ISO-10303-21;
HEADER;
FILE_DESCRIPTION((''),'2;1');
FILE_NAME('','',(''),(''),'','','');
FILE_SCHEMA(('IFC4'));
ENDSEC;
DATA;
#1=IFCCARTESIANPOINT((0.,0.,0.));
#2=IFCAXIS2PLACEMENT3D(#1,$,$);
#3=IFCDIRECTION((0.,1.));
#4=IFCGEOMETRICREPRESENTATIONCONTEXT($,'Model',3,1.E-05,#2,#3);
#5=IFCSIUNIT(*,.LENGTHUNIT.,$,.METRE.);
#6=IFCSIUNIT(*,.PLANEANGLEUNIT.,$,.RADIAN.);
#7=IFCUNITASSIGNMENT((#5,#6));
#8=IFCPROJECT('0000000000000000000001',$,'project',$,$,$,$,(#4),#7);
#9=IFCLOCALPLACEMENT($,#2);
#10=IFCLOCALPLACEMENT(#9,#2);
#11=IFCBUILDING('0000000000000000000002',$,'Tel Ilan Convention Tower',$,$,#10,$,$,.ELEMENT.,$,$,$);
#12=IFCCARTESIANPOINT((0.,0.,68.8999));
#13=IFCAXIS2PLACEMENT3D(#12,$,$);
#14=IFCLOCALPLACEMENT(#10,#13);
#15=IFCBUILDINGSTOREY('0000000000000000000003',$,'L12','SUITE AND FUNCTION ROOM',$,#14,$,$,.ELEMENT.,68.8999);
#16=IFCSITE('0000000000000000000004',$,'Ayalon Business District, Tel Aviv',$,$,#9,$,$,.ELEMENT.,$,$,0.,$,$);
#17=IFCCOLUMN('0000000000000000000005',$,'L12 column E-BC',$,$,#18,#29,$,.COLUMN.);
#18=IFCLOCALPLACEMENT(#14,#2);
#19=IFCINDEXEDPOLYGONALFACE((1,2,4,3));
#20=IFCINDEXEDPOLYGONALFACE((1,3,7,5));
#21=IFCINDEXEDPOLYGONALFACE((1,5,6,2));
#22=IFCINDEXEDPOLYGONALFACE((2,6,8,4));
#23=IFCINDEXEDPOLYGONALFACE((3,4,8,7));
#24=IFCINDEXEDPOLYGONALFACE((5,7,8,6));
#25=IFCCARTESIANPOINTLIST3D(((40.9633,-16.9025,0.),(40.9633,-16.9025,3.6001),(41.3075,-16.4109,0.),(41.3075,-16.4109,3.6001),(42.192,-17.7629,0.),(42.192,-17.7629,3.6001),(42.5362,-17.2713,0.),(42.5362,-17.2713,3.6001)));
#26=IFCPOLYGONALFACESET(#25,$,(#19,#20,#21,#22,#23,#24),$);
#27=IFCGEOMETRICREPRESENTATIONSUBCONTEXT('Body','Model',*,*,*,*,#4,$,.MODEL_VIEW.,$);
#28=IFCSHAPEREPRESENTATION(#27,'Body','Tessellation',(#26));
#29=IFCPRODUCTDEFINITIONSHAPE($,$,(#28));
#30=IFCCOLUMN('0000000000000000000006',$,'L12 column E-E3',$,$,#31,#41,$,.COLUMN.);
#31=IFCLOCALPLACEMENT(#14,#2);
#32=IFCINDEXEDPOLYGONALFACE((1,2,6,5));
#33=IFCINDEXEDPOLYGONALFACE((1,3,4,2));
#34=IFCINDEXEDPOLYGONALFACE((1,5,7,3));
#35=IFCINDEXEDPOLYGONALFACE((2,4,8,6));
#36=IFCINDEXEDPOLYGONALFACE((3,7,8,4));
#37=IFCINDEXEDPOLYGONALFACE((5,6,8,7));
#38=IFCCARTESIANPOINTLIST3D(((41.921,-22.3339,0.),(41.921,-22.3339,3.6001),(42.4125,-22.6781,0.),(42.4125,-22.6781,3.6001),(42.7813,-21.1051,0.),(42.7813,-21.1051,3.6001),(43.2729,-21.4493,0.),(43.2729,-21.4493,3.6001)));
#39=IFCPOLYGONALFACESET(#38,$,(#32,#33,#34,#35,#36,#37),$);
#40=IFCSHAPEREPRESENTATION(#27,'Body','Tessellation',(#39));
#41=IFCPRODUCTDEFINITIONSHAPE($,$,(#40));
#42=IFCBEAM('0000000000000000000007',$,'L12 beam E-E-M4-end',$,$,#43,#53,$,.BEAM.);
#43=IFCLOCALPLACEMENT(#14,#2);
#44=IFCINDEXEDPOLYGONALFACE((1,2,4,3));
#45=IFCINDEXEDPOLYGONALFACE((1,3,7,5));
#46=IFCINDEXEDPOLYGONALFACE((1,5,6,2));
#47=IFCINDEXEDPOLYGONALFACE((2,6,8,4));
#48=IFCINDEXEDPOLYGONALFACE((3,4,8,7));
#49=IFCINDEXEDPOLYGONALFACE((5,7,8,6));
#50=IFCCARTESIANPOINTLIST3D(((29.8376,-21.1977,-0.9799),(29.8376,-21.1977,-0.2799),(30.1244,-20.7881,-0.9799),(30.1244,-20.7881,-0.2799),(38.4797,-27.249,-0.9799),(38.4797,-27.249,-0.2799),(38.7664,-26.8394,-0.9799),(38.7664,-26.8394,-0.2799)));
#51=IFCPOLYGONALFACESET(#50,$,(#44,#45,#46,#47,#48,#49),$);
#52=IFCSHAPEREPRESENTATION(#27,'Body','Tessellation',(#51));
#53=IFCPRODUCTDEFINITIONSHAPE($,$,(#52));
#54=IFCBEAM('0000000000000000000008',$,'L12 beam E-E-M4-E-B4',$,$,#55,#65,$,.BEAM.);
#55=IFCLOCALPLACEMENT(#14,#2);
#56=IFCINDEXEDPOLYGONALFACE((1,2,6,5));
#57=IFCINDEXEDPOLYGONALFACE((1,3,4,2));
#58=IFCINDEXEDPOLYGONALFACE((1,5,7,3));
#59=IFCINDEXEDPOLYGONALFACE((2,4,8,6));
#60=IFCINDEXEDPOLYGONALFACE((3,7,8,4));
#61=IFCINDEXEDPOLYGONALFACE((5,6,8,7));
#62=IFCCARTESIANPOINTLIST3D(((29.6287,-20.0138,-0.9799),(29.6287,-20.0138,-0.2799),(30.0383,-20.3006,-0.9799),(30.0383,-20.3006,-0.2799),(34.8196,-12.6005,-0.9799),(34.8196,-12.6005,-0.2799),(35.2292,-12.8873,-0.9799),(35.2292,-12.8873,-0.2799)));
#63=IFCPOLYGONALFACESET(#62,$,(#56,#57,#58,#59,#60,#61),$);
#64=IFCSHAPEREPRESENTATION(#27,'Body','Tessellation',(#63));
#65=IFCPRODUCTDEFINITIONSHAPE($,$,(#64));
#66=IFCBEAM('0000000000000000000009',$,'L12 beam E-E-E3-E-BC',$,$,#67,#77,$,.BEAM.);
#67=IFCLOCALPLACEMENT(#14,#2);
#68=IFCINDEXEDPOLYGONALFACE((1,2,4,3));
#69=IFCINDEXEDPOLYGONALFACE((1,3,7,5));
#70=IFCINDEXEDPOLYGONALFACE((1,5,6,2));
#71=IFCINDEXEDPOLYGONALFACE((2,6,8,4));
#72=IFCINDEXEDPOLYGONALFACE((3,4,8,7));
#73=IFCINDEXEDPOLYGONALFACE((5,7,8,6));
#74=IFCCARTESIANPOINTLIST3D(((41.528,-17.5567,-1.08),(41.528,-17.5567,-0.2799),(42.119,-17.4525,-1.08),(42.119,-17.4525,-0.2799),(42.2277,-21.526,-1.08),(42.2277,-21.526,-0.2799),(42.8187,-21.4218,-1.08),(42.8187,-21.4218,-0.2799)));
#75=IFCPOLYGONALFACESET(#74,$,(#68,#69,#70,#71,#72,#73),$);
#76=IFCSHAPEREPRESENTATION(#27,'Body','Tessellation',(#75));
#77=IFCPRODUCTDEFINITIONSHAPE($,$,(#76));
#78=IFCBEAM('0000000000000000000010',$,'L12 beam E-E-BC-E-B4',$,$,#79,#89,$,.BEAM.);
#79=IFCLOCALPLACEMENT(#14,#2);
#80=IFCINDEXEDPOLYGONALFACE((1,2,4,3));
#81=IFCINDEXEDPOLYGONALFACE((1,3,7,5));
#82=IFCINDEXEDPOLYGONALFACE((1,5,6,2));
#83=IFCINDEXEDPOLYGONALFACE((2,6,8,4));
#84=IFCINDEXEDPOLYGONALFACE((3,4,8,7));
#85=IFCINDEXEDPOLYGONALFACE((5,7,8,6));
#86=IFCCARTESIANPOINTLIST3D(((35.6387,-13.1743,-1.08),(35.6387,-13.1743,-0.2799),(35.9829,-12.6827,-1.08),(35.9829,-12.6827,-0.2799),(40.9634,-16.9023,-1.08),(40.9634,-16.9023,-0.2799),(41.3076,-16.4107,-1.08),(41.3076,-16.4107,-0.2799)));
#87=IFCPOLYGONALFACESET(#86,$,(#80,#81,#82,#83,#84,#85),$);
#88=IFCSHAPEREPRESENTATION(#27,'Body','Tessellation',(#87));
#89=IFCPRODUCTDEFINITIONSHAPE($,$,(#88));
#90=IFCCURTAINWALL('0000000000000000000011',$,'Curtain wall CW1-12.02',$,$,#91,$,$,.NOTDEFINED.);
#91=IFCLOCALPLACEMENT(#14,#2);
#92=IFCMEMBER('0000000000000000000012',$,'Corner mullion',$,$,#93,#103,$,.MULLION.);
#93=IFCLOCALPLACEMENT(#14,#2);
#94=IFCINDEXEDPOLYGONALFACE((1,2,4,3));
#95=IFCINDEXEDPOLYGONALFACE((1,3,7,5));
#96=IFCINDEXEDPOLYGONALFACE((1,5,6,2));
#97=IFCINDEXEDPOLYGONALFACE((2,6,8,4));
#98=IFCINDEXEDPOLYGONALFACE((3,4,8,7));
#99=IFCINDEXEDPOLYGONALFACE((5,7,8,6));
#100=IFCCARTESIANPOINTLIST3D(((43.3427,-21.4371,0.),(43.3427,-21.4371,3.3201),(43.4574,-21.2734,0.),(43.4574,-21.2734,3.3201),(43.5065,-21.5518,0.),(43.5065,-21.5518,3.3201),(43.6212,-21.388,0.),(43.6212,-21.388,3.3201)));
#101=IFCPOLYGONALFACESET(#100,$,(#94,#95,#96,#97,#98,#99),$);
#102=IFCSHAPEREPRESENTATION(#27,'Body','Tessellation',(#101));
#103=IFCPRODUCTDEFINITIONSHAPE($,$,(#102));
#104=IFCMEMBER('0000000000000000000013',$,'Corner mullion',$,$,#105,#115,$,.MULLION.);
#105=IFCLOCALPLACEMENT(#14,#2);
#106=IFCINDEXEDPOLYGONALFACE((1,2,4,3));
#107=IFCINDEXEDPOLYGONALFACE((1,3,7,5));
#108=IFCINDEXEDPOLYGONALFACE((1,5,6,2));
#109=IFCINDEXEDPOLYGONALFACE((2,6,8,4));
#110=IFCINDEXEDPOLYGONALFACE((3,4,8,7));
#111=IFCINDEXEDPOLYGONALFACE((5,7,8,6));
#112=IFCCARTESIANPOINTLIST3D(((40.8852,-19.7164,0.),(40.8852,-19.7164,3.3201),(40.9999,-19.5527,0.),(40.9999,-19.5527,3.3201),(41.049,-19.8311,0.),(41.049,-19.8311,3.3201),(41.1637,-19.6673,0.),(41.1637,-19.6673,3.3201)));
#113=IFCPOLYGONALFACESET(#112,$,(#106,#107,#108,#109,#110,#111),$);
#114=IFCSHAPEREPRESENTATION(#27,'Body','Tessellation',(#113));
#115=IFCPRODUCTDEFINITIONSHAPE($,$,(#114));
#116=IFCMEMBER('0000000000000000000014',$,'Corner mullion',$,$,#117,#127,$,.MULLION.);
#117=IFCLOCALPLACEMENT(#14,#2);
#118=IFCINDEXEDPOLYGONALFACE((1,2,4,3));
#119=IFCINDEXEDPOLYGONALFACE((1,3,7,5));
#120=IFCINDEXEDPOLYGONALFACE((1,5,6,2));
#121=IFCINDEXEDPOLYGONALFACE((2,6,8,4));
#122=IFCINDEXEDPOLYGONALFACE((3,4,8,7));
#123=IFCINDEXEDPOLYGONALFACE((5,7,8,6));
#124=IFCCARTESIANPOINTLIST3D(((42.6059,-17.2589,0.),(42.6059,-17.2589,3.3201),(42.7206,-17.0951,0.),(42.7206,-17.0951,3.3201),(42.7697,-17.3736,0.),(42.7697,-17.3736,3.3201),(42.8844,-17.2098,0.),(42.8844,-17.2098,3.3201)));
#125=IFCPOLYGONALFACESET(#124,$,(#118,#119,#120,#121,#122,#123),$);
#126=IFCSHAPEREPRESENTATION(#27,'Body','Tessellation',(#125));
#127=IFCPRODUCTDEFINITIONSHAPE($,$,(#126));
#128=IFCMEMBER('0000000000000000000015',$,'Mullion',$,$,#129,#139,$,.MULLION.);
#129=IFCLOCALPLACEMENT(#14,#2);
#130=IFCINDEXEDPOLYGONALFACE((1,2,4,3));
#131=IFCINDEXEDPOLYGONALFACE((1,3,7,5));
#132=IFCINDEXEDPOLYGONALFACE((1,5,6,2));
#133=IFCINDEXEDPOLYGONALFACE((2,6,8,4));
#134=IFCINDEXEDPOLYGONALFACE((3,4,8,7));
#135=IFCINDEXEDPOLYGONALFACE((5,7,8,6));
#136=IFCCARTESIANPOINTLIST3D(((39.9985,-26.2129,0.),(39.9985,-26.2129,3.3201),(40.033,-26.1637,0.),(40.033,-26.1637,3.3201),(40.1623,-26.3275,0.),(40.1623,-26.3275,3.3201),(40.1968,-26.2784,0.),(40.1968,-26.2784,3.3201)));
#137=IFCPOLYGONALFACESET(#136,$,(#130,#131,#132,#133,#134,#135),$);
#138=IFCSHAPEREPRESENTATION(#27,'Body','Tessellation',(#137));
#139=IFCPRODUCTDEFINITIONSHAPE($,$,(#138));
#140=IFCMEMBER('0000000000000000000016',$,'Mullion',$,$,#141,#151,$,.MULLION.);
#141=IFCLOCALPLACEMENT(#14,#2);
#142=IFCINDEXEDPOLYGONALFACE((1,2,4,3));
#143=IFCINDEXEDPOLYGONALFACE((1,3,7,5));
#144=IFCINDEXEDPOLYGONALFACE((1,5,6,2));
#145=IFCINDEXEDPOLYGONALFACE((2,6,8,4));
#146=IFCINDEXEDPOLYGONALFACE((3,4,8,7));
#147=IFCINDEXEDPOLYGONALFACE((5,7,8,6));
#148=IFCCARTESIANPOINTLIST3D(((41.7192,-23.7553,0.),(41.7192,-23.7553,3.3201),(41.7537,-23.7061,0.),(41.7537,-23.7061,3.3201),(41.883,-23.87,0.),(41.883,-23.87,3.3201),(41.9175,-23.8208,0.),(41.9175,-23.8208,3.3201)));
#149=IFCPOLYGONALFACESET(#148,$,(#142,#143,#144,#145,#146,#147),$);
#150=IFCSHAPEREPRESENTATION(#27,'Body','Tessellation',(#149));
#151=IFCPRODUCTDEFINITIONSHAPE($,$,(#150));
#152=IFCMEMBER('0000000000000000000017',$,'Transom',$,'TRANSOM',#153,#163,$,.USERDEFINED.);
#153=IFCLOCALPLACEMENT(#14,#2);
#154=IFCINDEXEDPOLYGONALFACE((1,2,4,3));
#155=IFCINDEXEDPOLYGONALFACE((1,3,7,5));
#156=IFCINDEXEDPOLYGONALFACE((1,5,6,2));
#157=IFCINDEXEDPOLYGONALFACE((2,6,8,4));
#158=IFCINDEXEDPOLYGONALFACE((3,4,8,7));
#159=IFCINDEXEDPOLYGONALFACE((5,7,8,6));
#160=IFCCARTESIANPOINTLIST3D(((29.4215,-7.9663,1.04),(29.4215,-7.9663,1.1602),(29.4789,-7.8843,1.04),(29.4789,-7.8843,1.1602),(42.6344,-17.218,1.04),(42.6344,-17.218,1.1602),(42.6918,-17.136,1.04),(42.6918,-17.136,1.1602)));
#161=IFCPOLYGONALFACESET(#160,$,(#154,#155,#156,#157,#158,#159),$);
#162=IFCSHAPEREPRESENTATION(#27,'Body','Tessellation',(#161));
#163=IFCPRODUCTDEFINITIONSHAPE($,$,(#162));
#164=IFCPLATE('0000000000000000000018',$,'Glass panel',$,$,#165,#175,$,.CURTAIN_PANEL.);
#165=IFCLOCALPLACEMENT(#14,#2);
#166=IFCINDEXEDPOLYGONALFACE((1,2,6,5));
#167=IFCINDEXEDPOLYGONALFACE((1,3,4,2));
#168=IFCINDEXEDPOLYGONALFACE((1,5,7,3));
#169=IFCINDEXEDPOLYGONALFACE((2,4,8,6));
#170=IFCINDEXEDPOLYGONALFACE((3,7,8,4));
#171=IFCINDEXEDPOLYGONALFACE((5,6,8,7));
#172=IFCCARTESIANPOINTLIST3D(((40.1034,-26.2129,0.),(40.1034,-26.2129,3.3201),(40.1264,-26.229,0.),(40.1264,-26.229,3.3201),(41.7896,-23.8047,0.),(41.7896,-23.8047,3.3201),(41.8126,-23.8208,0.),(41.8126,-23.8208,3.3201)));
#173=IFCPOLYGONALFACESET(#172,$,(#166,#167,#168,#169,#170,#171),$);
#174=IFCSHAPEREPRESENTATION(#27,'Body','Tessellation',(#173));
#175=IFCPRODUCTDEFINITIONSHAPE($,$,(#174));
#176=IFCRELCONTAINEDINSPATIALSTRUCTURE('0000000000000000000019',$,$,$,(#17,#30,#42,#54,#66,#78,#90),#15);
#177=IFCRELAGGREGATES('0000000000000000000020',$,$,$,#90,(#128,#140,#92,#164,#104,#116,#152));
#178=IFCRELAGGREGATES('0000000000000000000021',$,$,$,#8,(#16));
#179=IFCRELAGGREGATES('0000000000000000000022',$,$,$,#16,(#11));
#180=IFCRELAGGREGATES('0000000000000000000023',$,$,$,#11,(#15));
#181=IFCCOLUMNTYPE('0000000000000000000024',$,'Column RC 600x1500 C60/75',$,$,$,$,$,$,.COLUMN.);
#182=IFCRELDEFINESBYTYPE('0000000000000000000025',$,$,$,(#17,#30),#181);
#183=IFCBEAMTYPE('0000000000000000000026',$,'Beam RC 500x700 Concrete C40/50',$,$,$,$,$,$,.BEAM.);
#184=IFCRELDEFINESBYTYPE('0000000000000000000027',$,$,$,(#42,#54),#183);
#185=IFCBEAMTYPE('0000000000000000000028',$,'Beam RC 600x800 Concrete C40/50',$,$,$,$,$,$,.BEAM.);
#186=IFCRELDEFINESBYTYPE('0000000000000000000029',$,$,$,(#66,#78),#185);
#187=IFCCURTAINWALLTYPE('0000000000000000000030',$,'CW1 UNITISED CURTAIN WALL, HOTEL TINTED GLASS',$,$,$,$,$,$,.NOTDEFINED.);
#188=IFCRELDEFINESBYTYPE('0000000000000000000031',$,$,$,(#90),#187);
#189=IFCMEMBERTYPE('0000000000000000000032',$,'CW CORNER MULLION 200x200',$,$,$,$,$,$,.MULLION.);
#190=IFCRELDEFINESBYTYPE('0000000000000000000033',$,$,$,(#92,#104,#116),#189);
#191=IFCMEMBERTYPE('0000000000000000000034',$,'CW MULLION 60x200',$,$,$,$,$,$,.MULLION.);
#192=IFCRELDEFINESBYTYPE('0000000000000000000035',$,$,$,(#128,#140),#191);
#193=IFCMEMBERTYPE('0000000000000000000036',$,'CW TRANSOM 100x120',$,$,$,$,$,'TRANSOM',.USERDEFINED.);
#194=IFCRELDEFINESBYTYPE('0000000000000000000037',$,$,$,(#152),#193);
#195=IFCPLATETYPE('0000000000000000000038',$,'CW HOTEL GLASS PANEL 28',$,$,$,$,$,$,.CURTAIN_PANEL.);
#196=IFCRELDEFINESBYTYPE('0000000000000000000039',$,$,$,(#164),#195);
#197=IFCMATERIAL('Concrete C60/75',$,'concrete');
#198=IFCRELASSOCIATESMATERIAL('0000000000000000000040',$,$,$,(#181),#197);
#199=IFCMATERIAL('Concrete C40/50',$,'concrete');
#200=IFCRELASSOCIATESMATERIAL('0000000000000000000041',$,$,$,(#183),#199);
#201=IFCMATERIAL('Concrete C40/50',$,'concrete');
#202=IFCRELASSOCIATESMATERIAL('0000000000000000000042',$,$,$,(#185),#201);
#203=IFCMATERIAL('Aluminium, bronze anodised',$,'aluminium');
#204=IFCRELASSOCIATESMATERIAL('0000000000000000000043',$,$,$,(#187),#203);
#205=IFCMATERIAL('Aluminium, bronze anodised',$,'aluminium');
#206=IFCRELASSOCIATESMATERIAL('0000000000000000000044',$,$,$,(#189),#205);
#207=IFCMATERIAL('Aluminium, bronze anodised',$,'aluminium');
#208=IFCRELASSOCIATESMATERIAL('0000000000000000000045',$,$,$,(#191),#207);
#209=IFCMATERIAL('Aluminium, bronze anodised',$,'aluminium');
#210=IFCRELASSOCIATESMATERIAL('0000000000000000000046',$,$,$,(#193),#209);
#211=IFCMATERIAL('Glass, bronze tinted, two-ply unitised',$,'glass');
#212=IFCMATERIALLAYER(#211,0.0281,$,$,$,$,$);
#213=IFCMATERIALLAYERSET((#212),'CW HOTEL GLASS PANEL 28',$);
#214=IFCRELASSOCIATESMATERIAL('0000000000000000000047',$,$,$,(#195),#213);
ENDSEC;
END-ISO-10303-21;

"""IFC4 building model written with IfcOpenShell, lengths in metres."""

from ifc_helpers import new_model, si_unit, direction, frame, origin, origin_2d, place, context, subcontext, project, spatial, rectangle, extrude, material, layer, layer_set, material_profile, profile_set, type_object, element, aggregate, save


model = new_model("IFC4")

# Units and contexts
model_context = context("Model", 3, precision=1e-05, world=origin(), true_north=direction((0.0, 1.0)))
body_context = subcontext(model_context, "Body", "Model", "MODEL_VIEW")
ifc_project = project(units=[si_unit("LENGTHUNIT", "METRE"), si_unit("PLANEANGLEUNIT", "RADIAN")], contexts=[model_context])

# Site, building, storey
site_placement = place(None, origin())
site = spatial("IfcSite", under=ifc_project, at=site_placement, Name="Ayalon Business District, Tel Aviv", CompositionType="ELEMENT", RefElevation=0.0)
building_placement = place(site_placement, origin())
building = spatial("IfcBuilding", under=site, at=building_placement, Name="Tel Ilan Convention Tower", CompositionType="ELEMENT")
storey_placement = place(building_placement, frame((0.0, 0.0, 68.8999)))
storey = spatial("IfcBuildingStorey", under=building, at=storey_placement, Name="L12", Description="SUITE AND FUNCTION ROOM", CompositionType="ELEMENT", Elevation=68.8999)

# Columns
ifc_material_1 = material(Name="Concrete C60/75", Category="concrete")
ifc_material_profile_1 = material_profile(ifc_material_1, rectangle(XDim=1.5, YDim=0.6001, at=origin_2d()), Name="RC 600x1500")
ifc_profile_set_1 = profile_set([ifc_material_profile_1], Name="Concrete C60/75")
column_type = type_object("IfcColumnType", Name="Column RC 600x1500 C60/75", PredefinedType="COLUMN", material=ifc_profile_set_1)
for number, where, z_axis, x_axis, name in (
    (1, (41.7498, -17.0869, 0.0), (0.0, 0.0, 1.0), (0.819152, -0.573576, 0.0), "L12 column E-BC"),
    (2, (42.5969, -21.8916, 0.0), (0.0, 0.0, 1.0), (0.573576, 0.819152, 0.0), "L12 column E-E3"),
):
    element("IfcColumn", number, at=place(storey_placement, frame(where, z_axis=z_axis, x_axis=x_axis)), inside=storey, type_object=column_type, Name=name, PredefinedType="COLUMN", context=body_context, shape_type="SweptSolid", body=[
        extrude(rectangle(XDim=1.5, YDim=0.6001, at=origin_2d()), origin(), (0.0, 0.0, 1.0), 3.6001),
    ])

# Beams
ifc_material_2 = material(Name="Concrete C40/50", Category="concrete")
ifc_material_profile_2 = material_profile(ifc_material_2, rectangle(XDim=0.5, YDim=0.7, at=origin_2d()), Name="RC 500x700")
ifc_profile_set_2 = profile_set([ifc_material_profile_2], Name="Concrete C40/50")
beam_type_1 = type_object("IfcBeamType", Name="Beam RC 500x700 Concrete C40/50", PredefinedType="BEAM", material=ifc_profile_set_2)
beam_1_placement = place(storey_placement, frame((29.981, -20.9929, -0.6299), z_axis=(0.819151, -0.573577, 0.0), x_axis=(0.573577, 0.819151, 0.0)))
element("IfcBeam", 3, at=beam_1_placement, inside=storey, type_object=beam_type_1, Name="L12 beam E-E-M4-end", PredefinedType="BEAM", context=body_context, shape_type="SweptSolid", body=[
    extrude(rectangle(XDim=0.5, YDim=0.7, at=origin_2d()), origin(), (0.0, 0.0, 1.0), 10.55),
])
beam_2_placement = place(storey_placement, frame((29.8335, -20.1572, -0.6299), z_axis=(0.57358, 0.81915, 0.0), x_axis=(-0.81915, 0.57358, 0.0)))
element("IfcBeam", 4, at=beam_2_placement, inside=storey, type_object=beam_type_1, Name="L12 beam E-E-M4-E-B4", PredefinedType="BEAM", context=body_context, shape_type="SweptSolid", body=[
    extrude(rectangle(XDim=0.5, YDim=0.7, at=origin_2d()), origin(), (0.0, 0.0, 1.0), 9.05),
])
ifc_material_3 = material(Name="Concrete C40/50", Category="concrete")
ifc_material_profile_3 = material_profile(ifc_material_3, rectangle(XDim=0.6001, YDim=0.8, at=origin_2d()), Name="RC 600x800")
ifc_profile_set_3 = profile_set([ifc_material_profile_3], Name="Concrete C40/50")
beam_type_2 = type_object("IfcBeamType", Name="Beam RC 600x800 Concrete C40/50", PredefinedType="BEAM", material=ifc_profile_set_3)
beam_3_placement = place(storey_placement, frame((42.5232, -21.4739, -0.6799), z_axis=(-0.173606, 0.984815, 0.0), x_axis=(-0.984815, -0.173606, 0.0)))
element("IfcBeam", 5, at=beam_3_placement, inside=storey, type_object=beam_type_2, Name="L12 beam E-E-E3-E-BC", PredefinedType="BEAM", context=body_context, shape_type="SweptSolid", body=[
    extrude(rectangle(XDim=0.6001, YDim=0.8, at=origin_2d()), origin(), (0.0, 0.0, 1.0), 4.0305),
])
beam_4_placement = place(storey_placement, frame((41.1355, -16.6565, -0.6799), z_axis=(-0.819179, 0.573538, 0.0), x_axis=(-0.573538, -0.819179, 0.0)))
element("IfcBeam", 6, at=beam_4_placement, inside=storey, type_object=beam_type_2, Name="L12 beam E-E-BC-E-B4", PredefinedType="BEAM", context=body_context, shape_type="SweptSolid", body=[
    extrude(rectangle(XDim=0.6001, YDim=0.8, at=origin_2d()), origin(), (0.0, 0.0, 1.0), 6.5),
])

# Curtain wall, members, plate
ifc_material_4 = material(Name="Aluminium, bronze anodised", Category="aluminium")
curtain_wall_type = type_object("IfcCurtainWallType", Name="CW1 UNITISED CURTAIN WALL, HOTEL TINTED GLASS", PredefinedType="NOTDEFINED", material=ifc_material_4)
curtain_wall_placement = place(storey_placement, origin())
curtain_wall = element("IfcCurtainWall", 7, at=curtain_wall_placement, inside=storey, type_object=curtain_wall_type, Name="Curtain wall CW1-12.02", PredefinedType="NOTDEFINED")
ifc_material_5 = material(Name="Aluminium, bronze anodised", Category="aluminium")
ifc_material_profile_4 = material_profile(ifc_material_5, rectangle(XDim=0.2, YDim=0.2, at=origin_2d()), Name="CW CORNER MULLION 200x200")
ifc_profile_set_4 = profile_set([ifc_material_profile_4], Name="Aluminium, bronze anodised")
member_type_1 = type_object("IfcMemberType", Name="CW CORNER MULLION 200x200", PredefinedType="MULLION", material=ifc_profile_set_4)
member_1_placement = place(storey_placement, frame((43.4819, -21.4126, 0.0), z_axis=(0.0, 0.0, 1.0), x_axis=(0.573576, 0.819152, 0.0)))
member_1 = element("IfcMember", 8, at=member_1_placement, type_object=member_type_1, Name="Corner mullion", PredefinedType="MULLION", context=body_context, shape_type="SweptSolid", body=[
    extrude(rectangle(XDim=0.2, YDim=0.2, at=origin_2d()), origin(), (0.0, 0.0, 1.0), 3.3201),
])
member_2_placement = place(storey_placement, frame((41.0244, -19.6919, 0.0), z_axis=(0.0, 0.0, 1.0), x_axis=(-0.819152, 0.573576, 0.0)))
member_2 = element("IfcMember", 9, at=member_2_placement, type_object=member_type_1, Name="Corner mullion", PredefinedType="MULLION", context=body_context, shape_type="SweptSolid", body=[
    extrude(rectangle(XDim=0.2, YDim=0.2, at=origin_2d()), origin(), (0.0, 0.0, 1.0), 3.3201),
])
member_3_placement = place(storey_placement, frame((42.7451, -17.2344, 0.0), z_axis=(0.0, 0.0, 1.0), x_axis=(0.573576, 0.819152, 0.0)))
member_3 = element("IfcMember", 10, at=member_3_placement, type_object=member_type_1, Name="Corner mullion", PredefinedType="MULLION", context=body_context, shape_type="SweptSolid", body=[
    extrude(rectangle(XDim=0.2, YDim=0.2, at=origin_2d()), origin(), (0.0, 0.0, 1.0), 3.3201),
])
ifc_material_6 = material(Name="Aluminium, bronze anodised", Category="aluminium")
ifc_material_profile_5 = material_profile(ifc_material_6, rectangle(XDim=0.0601, YDim=0.2, at=origin_2d()), Name="CW MULLION 60x200")
ifc_profile_set_5 = profile_set([ifc_material_profile_5], Name="Aluminium, bronze anodised")
member_type_2 = type_object("IfcMemberType", Name="CW MULLION 60x200", PredefinedType="MULLION", material=ifc_profile_set_5)
member_4_placement = place(storey_placement, frame((40.0977, -26.2456, 0.0), z_axis=(0.0, 0.0, 1.0), x_axis=(0.573576, 0.819152, 0.0)))
member_4 = element("IfcMember", 11, at=member_4_placement, type_object=member_type_2, Name="Mullion", PredefinedType="MULLION", context=body_context, shape_type="SweptSolid", body=[
    extrude(rectangle(XDim=0.0601, YDim=0.2, at=origin_2d()), origin(), (0.0, 0.0, 1.0), 3.3201),
])
member_5_placement = place(storey_placement, frame((41.8184, -23.7881, 0.0), z_axis=(0.0, 0.0, 1.0), x_axis=(0.573576, 0.819152, 0.0)))
member_5 = element("IfcMember", 12, at=member_5_placement, type_object=member_type_2, Name="Mullion", PredefinedType="MULLION", context=body_context, shape_type="SweptSolid", body=[
    extrude(rectangle(XDim=0.0601, YDim=0.2, at=origin_2d()), origin(), (0.0, 0.0, 1.0), 3.3201),
])
ifc_material_7 = material(Name="Aluminium, bronze anodised", Category="aluminium")
ifc_material_profile_6 = material_profile(ifc_material_7, rectangle(XDim=0.1001, YDim=0.1201, at=origin_2d()), Name="CW TRANSOM 100x120")
ifc_profile_set_6 = profile_set([ifc_material_profile_6], Name="Aluminium, bronze anodised")
member_type_3 = type_object("IfcMemberType", Name="CW TRANSOM 100x120", ElementType="TRANSOM", PredefinedType="USERDEFINED", material=ifc_profile_set_6)
member_6_placement = place(storey_placement, frame((42.6631, -17.177, 1.1001), z_axis=(-0.819154, 0.573574, 0.0), x_axis=(-0.573574, -0.819154, 0.0)))
member_6 = element("IfcMember", 13, at=member_6_placement, type_object=member_type_3, Name="Transom", ObjectType="TRANSOM", PredefinedType="USERDEFINED", context=body_context, shape_type="SweptSolid", body=[
    extrude(rectangle(XDim=0.1001, YDim=0.1201, at=origin_2d()), origin(), (0.0, 0.0, 1.0), 16.1299),
])
ifc_material_8 = material(Name="Glass, bronze tinted, two-ply unitised", Category="glass")
ifc_layer_1 = layer(ifc_material_8, 0.0281)
ifc_layer_set_1 = layer_set([ifc_layer_1], Name="CW HOTEL GLASS PANEL 28")
plate_type = type_object("IfcPlateType", Name="CW HOTEL GLASS PANEL 28", PredefinedType="CURTAIN_PANEL", material=ifc_layer_set_1)
plate_1_placement = place(storey_placement, frame((40.958, -25.0168, 0.0), z_axis=(0.0, 0.0, 1.0), x_axis=(0.573576, 0.819152, 0.0)))
plate_1 = element("IfcPlate", 14, at=plate_1_placement, type_object=plate_type, Name="Glass panel", PredefinedType="CURTAIN_PANEL", context=body_context, shape_type="SweptSolid", body=[
    extrude(rectangle(XDim=2.9399, YDim=0.0281, at=origin_2d()), origin(), (0.0, 0.0, 1.0), 3.3201),
])
aggregate(curtain_wall, [member_4, member_5, member_1, plate_1, member_2, member_3, member_6])

save(model, "model.ifc")
